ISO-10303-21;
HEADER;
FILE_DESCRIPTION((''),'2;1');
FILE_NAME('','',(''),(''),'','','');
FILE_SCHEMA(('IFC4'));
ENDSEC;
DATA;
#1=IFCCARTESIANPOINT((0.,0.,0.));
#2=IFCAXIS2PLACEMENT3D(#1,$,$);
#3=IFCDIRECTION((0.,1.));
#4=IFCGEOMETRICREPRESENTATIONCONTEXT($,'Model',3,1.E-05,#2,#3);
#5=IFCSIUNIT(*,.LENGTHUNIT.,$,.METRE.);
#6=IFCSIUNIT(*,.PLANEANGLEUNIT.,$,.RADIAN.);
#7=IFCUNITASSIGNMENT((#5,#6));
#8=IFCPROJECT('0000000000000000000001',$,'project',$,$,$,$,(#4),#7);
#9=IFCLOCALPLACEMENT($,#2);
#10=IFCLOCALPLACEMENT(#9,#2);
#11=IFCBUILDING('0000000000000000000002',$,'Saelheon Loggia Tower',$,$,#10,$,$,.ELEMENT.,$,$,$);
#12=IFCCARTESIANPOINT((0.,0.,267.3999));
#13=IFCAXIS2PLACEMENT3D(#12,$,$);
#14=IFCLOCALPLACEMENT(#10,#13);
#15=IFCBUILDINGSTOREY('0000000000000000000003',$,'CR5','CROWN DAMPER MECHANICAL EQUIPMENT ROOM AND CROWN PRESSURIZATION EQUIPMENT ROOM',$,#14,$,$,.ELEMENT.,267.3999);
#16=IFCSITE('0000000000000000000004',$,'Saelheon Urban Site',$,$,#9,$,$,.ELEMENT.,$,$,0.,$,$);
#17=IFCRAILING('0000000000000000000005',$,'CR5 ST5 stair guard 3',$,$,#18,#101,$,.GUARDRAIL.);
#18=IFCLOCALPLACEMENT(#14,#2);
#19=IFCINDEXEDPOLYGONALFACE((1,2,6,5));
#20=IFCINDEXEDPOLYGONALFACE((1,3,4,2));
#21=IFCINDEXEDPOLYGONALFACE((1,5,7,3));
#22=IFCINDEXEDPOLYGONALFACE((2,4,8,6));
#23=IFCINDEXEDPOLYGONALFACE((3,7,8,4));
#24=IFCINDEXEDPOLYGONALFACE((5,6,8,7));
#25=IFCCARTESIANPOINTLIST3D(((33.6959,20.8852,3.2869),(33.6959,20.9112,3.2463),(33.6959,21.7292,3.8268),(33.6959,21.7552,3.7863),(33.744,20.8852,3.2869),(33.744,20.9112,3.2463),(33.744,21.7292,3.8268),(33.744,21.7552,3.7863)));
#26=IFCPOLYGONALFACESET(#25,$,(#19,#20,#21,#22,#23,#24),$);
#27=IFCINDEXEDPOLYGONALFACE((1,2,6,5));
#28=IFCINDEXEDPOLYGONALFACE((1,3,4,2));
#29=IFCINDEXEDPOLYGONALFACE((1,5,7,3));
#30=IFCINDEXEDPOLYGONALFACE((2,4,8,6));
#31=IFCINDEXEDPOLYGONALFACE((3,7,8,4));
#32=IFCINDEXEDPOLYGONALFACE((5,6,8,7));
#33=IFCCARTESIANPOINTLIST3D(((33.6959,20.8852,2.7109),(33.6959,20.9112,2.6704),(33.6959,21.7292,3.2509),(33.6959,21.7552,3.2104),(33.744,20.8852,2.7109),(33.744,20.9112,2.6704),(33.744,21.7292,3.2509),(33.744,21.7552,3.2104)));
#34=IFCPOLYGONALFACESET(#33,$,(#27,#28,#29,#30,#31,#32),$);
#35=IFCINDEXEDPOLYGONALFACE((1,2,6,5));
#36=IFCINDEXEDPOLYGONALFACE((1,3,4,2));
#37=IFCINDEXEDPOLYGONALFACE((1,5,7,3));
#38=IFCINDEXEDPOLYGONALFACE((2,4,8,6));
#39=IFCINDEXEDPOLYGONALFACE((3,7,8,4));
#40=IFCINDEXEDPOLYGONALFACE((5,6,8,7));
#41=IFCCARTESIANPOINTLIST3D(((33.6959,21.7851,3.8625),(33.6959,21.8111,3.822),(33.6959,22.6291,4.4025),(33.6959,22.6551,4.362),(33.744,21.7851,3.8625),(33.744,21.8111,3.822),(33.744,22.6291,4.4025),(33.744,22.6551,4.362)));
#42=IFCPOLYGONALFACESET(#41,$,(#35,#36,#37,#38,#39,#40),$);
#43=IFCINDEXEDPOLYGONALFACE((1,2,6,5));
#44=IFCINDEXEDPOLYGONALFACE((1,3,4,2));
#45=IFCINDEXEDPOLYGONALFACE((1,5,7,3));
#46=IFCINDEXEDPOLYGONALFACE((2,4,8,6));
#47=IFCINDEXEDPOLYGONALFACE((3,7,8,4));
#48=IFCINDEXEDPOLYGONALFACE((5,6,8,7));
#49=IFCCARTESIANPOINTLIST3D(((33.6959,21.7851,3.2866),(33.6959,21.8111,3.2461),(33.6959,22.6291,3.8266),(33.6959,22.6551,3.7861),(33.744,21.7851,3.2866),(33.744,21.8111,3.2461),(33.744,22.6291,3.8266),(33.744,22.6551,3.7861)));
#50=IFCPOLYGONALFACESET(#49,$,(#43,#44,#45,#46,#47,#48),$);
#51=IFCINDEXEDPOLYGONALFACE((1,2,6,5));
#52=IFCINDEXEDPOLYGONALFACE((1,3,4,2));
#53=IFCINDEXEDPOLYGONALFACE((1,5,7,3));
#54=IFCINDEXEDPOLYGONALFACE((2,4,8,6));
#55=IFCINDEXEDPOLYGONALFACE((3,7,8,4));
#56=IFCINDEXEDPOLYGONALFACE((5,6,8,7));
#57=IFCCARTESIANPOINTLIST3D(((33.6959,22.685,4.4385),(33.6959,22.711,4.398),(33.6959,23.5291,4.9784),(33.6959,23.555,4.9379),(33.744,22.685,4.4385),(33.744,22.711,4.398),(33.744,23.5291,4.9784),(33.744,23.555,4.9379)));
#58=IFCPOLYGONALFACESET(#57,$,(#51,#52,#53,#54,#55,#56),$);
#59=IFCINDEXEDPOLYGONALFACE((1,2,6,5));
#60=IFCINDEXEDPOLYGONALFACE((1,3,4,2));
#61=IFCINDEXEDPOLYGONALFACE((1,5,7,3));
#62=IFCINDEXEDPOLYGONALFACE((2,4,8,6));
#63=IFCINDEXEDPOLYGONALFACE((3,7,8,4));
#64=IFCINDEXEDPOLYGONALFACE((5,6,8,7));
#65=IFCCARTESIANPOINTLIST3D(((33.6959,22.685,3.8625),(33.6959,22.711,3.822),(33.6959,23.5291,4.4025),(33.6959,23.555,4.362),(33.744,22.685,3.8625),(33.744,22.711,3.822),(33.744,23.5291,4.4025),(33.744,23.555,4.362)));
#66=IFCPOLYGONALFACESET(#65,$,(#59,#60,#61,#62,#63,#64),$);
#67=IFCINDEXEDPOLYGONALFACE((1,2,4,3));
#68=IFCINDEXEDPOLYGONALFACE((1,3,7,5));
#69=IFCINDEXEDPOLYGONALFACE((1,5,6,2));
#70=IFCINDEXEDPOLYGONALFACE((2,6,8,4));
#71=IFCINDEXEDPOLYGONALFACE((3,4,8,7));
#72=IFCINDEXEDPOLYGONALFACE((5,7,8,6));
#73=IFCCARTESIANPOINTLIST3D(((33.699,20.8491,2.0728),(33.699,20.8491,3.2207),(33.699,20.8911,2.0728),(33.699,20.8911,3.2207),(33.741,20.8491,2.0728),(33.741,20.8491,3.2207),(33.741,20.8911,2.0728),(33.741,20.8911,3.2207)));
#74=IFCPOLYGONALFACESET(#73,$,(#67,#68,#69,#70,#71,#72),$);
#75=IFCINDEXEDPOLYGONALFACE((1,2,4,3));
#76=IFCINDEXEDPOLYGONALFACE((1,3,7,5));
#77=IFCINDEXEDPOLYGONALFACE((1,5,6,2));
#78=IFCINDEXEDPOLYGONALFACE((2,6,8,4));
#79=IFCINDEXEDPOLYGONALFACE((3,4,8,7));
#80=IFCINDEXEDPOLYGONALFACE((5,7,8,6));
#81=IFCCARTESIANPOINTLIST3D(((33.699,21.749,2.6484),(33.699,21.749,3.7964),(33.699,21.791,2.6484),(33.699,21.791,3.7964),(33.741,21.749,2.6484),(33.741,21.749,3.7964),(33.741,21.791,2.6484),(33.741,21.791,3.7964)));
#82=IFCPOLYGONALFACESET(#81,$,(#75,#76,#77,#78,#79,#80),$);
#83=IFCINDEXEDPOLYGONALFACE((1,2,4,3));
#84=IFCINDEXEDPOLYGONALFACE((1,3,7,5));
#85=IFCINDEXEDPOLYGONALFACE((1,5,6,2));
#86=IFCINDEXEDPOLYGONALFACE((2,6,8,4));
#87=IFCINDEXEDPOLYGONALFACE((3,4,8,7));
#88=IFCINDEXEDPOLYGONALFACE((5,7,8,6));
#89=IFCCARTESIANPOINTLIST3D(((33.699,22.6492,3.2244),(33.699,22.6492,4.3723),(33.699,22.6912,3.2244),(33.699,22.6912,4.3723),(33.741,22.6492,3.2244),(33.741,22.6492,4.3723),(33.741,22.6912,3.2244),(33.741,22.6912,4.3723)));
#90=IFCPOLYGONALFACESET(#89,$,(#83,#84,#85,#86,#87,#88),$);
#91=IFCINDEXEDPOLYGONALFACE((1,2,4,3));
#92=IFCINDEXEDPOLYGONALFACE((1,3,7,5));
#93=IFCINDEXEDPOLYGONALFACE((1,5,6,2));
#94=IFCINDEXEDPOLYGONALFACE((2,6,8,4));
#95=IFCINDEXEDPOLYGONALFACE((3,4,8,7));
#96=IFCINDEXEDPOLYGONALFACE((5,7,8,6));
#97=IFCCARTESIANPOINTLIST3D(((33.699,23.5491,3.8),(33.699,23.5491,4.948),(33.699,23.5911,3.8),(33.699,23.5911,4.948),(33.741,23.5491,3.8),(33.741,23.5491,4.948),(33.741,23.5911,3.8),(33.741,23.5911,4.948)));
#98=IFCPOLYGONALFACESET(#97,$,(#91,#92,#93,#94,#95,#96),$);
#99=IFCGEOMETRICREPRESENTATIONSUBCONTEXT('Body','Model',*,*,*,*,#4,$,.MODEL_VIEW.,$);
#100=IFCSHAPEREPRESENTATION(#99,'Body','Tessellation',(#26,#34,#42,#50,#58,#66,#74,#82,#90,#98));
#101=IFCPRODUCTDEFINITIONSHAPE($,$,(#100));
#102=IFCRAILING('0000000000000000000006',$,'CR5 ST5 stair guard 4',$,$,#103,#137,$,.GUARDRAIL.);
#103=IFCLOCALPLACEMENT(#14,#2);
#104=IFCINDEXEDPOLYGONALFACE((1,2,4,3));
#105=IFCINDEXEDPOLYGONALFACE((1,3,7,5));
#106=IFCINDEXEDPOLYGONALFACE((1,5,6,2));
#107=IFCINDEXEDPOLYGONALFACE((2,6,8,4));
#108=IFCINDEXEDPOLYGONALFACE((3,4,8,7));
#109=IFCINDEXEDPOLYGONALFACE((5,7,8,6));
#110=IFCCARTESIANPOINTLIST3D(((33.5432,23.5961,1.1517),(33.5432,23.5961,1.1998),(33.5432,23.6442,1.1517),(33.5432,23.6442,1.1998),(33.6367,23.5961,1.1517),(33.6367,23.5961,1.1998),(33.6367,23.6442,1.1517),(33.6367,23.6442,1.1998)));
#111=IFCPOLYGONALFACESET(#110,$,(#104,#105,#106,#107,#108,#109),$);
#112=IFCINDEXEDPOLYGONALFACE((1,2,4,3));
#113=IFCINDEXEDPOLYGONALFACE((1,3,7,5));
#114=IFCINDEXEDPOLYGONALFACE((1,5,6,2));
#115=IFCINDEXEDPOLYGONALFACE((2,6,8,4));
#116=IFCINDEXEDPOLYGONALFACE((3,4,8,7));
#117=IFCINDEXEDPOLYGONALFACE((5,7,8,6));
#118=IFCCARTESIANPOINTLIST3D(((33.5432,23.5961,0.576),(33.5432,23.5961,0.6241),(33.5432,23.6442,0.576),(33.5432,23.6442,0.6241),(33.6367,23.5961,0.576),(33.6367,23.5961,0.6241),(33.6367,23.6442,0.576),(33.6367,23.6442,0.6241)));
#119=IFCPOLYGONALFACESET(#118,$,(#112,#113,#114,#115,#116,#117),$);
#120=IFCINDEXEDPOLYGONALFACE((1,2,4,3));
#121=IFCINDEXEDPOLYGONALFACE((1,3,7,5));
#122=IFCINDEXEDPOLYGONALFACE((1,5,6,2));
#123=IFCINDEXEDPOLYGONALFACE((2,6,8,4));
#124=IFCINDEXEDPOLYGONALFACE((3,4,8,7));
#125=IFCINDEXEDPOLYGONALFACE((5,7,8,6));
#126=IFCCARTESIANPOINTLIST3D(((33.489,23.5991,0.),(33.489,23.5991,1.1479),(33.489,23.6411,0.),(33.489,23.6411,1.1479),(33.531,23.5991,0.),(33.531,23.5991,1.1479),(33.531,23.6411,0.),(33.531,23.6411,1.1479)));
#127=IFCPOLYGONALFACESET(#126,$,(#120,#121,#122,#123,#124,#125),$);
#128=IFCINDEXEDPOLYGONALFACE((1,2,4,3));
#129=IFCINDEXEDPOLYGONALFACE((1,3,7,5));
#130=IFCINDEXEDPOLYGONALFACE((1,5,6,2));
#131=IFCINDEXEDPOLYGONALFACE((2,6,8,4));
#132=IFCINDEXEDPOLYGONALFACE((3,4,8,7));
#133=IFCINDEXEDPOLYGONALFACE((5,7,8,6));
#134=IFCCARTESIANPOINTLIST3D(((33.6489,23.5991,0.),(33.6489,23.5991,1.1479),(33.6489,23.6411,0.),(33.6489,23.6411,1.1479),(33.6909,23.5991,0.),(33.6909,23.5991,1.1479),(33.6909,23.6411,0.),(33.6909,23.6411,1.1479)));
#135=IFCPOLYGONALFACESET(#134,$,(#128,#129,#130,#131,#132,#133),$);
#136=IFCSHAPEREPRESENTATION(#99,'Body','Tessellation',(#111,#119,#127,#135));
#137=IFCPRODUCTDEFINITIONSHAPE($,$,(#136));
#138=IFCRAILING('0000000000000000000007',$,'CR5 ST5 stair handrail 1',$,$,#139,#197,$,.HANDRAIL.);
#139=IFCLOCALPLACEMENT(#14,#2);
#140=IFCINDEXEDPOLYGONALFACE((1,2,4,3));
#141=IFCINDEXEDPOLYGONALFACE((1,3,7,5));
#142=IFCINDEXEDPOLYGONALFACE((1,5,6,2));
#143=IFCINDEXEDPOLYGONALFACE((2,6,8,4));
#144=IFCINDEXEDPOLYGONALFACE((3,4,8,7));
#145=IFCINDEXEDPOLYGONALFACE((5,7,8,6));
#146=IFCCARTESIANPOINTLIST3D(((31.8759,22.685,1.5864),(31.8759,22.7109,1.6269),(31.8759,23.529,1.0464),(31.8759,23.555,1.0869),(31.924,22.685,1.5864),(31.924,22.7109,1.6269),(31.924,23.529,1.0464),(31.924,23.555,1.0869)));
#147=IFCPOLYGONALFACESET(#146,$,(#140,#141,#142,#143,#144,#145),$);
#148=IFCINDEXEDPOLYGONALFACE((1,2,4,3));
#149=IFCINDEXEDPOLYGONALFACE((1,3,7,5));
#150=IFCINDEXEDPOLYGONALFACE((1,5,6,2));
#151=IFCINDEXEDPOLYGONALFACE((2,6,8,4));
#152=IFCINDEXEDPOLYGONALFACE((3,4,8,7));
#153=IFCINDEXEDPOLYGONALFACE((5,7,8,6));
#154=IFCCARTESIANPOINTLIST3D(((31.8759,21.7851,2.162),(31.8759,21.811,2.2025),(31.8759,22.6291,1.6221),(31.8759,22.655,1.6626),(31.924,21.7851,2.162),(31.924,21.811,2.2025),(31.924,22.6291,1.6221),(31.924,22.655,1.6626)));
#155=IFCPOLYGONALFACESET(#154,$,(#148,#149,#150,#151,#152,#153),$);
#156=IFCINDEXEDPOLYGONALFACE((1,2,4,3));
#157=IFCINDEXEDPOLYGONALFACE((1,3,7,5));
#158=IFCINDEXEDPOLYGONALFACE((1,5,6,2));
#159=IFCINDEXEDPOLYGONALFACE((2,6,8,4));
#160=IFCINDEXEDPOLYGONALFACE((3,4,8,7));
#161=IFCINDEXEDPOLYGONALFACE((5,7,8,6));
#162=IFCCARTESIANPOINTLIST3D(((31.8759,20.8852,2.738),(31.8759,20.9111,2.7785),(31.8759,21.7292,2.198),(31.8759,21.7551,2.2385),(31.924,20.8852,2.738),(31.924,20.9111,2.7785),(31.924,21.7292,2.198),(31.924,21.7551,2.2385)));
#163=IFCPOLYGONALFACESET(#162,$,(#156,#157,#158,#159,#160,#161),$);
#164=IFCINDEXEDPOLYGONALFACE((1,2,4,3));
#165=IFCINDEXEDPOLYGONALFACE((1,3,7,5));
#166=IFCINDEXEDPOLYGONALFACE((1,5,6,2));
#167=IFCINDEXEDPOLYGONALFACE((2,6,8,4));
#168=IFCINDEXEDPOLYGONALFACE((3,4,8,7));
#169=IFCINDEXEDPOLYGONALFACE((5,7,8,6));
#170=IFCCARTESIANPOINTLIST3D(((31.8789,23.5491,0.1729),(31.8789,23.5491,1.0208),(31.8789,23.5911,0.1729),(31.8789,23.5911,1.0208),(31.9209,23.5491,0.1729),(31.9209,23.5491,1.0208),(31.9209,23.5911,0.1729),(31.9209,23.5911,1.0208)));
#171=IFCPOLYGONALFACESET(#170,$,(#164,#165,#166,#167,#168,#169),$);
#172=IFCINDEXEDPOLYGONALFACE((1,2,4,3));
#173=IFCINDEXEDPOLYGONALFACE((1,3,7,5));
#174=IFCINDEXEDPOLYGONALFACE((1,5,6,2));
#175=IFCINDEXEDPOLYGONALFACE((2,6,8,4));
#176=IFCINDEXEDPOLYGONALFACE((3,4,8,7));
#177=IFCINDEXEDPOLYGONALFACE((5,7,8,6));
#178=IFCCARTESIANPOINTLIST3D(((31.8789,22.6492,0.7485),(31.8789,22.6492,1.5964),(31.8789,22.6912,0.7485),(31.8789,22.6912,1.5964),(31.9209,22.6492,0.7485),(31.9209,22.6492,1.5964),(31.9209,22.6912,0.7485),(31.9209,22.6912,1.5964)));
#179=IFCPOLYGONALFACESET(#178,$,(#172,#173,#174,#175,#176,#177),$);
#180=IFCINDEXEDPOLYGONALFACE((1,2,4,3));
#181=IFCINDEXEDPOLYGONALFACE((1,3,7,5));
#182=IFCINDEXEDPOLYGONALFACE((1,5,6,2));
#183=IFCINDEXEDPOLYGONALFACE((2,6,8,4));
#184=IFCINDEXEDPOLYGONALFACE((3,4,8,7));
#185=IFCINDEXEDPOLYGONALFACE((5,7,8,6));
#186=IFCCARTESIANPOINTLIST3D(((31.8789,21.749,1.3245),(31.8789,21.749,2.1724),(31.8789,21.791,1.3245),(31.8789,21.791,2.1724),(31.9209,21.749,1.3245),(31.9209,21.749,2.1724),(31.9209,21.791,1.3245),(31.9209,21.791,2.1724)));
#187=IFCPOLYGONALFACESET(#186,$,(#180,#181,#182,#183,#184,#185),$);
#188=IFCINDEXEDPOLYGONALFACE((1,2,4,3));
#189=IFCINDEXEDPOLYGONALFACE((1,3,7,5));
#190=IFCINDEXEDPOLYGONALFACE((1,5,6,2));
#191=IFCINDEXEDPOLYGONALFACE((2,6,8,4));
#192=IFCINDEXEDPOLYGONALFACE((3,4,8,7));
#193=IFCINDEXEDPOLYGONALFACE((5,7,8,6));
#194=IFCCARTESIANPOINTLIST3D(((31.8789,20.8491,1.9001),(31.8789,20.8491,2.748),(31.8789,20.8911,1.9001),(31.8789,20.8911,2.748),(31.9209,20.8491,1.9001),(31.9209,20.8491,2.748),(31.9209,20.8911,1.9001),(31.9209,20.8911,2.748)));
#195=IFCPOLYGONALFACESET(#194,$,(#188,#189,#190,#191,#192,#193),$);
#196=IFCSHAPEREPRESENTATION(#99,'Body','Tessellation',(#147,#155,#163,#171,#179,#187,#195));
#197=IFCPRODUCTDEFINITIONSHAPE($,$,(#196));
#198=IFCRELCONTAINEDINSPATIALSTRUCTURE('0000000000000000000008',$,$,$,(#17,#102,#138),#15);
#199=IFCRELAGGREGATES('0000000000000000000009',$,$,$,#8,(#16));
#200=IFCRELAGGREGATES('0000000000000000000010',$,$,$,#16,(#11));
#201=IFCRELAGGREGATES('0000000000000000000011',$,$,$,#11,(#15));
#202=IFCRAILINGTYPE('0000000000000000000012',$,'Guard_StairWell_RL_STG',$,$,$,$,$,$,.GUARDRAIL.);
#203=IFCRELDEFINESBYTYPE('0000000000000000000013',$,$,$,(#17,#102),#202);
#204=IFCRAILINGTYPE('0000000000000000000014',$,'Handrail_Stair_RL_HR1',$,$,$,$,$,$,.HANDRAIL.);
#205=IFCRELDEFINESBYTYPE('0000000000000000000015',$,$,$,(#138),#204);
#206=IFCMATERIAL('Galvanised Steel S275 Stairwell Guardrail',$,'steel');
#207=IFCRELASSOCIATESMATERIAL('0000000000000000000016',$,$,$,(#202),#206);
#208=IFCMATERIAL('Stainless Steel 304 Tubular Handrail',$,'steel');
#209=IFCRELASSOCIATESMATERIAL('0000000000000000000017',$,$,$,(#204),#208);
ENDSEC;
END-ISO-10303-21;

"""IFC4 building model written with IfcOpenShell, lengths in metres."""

from ifc_helpers import new_model, si_unit, direction, frame, origin, origin_2d, place, context, subcontext, project, spatial, rectangle, extrude, material, type_object, element, save


model = new_model("IFC4")

# Units and contexts
model_context = context("Model", 3, precision=1e-05, world=origin(), true_north=direction((0.0, 1.0)))
body_context = subcontext(model_context, "Body", "Model", "MODEL_VIEW")
ifc_project = project(units=[si_unit("LENGTHUNIT", "METRE"), si_unit("PLANEANGLEUNIT", "RADIAN")], contexts=[model_context])

# Site, building, storey
site_placement = place(None, origin())
site = spatial("IfcSite", under=ifc_project, at=site_placement, Name="Saelheon Urban Site", CompositionType="ELEMENT", RefElevation=0.0)
building_placement = place(site_placement, origin())
building = spatial("IfcBuilding", under=site, at=building_placement, Name="Saelheon Loggia Tower", CompositionType="ELEMENT")
storey_placement = place(building_placement, frame((0.0, 0.0, 267.3999)))
storey = spatial("IfcBuildingStorey", under=building, at=storey_placement, Name="CR5", Description="CROWN DAMPER MECHANICAL EQUIPMENT ROOM AND CROWN PRESSURIZATION EQUIPMENT ROOM", CompositionType="ELEMENT", Elevation=267.3999)

# Railings
ifc_material_1 = material(Name="Galvanised Steel S275 Stairwell Guardrail", Category="steel")
railing_type_1 = type_object("IfcRailingType", Name="Guard_StairWell_RL_STG", PredefinedType="GUARDRAIL", material=ifc_material_1)
railing_1_placement = place(storey_placement, frame((33.72, 20.8701, 2.0728)))
element("IfcRailing", 1, at=railing_1_placement, inside=storey, type_object=railing_type_1, Name="CR5 ST5 stair guard 3", PredefinedType="GUARDRAIL", context=body_context, shape_type="SweptSolid", body=[
    extrude(rectangle(XDim=0.0481, YDim=0.0481, at=origin_2d()), frame((0.0, 0.0281, 1.1938), z_axis=(0.0, 0.842367, 0.538905), x_axis=(-1.0, 0.0, 0.0)), (0.0, 0.0, 1.0), 1.002),
    extrude(rectangle(XDim=0.0481, YDim=0.0481, at=origin_2d()), frame((0.0, 0.0281, 0.6179), z_axis=(0.0, 0.842367, 0.538905), x_axis=(-1.0, 0.0, 0.0)), (0.0, 0.0, 1.0), 1.002),
    extrude(rectangle(XDim=0.0481, YDim=0.0481, at=origin_2d()), frame((0.0, 0.928, 1.7695), z_axis=(0.0, 0.842367, 0.538905), x_axis=(-1.0, 0.0, 0.0)), (0.0, 0.0, 1.0), 1.002),
    extrude(rectangle(XDim=0.0481, YDim=0.0481, at=origin_2d()), frame((0.0, 0.928, 1.1936), z_axis=(0.0, 0.842367, 0.538905), x_axis=(-1.0, 0.0, 0.0)), (0.0, 0.0, 1.0), 1.002),
    extrude(rectangle(XDim=0.0481, YDim=0.0481, at=origin_2d()), frame((0.0, 1.8279, 2.3455), z_axis=(0.0, 0.842367, 0.538905), x_axis=(-1.0, 0.0, 0.0)), (0.0, 0.0, 1.0), 1.002),
    extrude(rectangle(XDim=0.0481, YDim=0.0481, at=origin_2d()), frame((0.0, 1.8279, 1.7695), z_axis=(0.0, 0.842367, 0.538905), x_axis=(-1.0, 0.0, 0.0)), (0.0, 0.0, 1.0), 1.002),
    extrude(rectangle(XDim=0.042, YDim=0.042, at=origin_2d()), origin(), (0.0, 0.0, 1.0), 1.1479),
    extrude(rectangle(XDim=0.042, YDim=0.042, at=origin_2d()), frame((0.0, 0.8999, 0.5757)), (0.0, 0.0, 1.0), 1.1479),
    extrude(rectangle(XDim=0.042, YDim=0.042, at=origin_2d()), frame((0.0, 1.8, 1.1516)), (0.0, 0.0, 1.0), 1.1479),
    extrude(rectangle(XDim=0.042, YDim=0.042, at=origin_2d()), frame((0.0, 2.7, 1.7273)), (0.0, 0.0, 1.0), 1.1479),
])
railing_2_placement = place(storey_placement, frame((33.51, 23.6201, 0.0)))
element("IfcRailing", 2, at=railing_2_placement, inside=storey, type_object=railing_type_1, Name="CR5 ST5 stair guard 4", PredefinedType="GUARDRAIL", context=body_context, shape_type="SweptSolid", body=[
    extrude(rectangle(XDim=0.0481, YDim=0.0481, at=origin_2d()), frame((0.0332, 0.0, 1.1758), z_axis=(1.0, 0.0, 0.0), x_axis=(0.0, 1.0, 0.0)), (0.0, 0.0, 1.0), 0.0935),
    extrude(rectangle(XDim=0.0481, YDim=0.0481, at=origin_2d()), frame((0.0332, 0.0, 0.6001), z_axis=(1.0, 0.0, 0.0), x_axis=(0.0, 1.0, 0.0)), (0.0, 0.0, 1.0), 0.0935),
    extrude(rectangle(XDim=0.042, YDim=0.042, at=origin_2d()), origin(), (0.0, 0.0, 1.0), 1.1479),
    extrude(rectangle(XDim=0.042, YDim=0.042, at=origin_2d()), frame((0.1599, 0.0, 0.0)), (0.0, 0.0, 1.0), 1.1479),
])
ifc_material_2 = material(Name="Stainless Steel 304 Tubular Handrail", Category="steel")
railing_type_2 = type_object("IfcRailingType", Name="Handrail_Stair_RL_HR1", PredefinedType="HANDRAIL", material=ifc_material_2)
railing_3_placement = place(storey_placement, frame((31.8999, 23.5701, 0.1729)))
element("IfcRailing", 3, at=railing_3_placement, inside=storey, type_object=railing_type_2, Name="CR5 ST5 stair handrail 1", PredefinedType="HANDRAIL", context=body_context, shape_type="SweptSolid", body=[
    extrude(rectangle(XDim=0.0481, YDim=0.0481, at=origin_2d()), frame((0.0, -0.0281, 0.8938), z_axis=(0.0, -0.842367, 0.538905), x_axis=(1.0, 0.0, 0.0)), (0.0, 0.0, 1.0), 1.002),
    extrude(rectangle(XDim=0.0481, YDim=0.0481, at=origin_2d()), frame((0.0, -0.928, 1.4695), z_axis=(0.0, -0.842367, 0.538905), x_axis=(1.0, 0.0, 0.0)), (0.0, 0.0, 1.0), 1.002),
    extrude(rectangle(XDim=0.0481, YDim=0.0481, at=origin_2d()), frame((0.0, -1.8279, 2.0454), z_axis=(0.0, -0.842367, 0.538905), x_axis=(1.0, 0.0, 0.0)), (0.0, 0.0, 1.0), 1.002),
    extrude(rectangle(XDim=0.042, YDim=0.042, at=origin_2d()), origin(), (0.0, 0.0, 1.0), 0.8479),
    extrude(rectangle(XDim=0.042, YDim=0.042, at=origin_2d()), frame((0.0, -0.8999, 0.5757)), (0.0, 0.0, 1.0), 0.8479),
    extrude(rectangle(XDim=0.042, YDim=0.042, at=origin_2d()), frame((0.0, -1.8, 1.1516)), (0.0, 0.0, 1.0), 0.8479),
    extrude(rectangle(XDim=0.042, YDim=0.042, at=origin_2d()), frame((0.0, -2.7, 1.7273)), (0.0, 0.0, 1.0), 0.8479),
])

save(model, "model.ifc")
